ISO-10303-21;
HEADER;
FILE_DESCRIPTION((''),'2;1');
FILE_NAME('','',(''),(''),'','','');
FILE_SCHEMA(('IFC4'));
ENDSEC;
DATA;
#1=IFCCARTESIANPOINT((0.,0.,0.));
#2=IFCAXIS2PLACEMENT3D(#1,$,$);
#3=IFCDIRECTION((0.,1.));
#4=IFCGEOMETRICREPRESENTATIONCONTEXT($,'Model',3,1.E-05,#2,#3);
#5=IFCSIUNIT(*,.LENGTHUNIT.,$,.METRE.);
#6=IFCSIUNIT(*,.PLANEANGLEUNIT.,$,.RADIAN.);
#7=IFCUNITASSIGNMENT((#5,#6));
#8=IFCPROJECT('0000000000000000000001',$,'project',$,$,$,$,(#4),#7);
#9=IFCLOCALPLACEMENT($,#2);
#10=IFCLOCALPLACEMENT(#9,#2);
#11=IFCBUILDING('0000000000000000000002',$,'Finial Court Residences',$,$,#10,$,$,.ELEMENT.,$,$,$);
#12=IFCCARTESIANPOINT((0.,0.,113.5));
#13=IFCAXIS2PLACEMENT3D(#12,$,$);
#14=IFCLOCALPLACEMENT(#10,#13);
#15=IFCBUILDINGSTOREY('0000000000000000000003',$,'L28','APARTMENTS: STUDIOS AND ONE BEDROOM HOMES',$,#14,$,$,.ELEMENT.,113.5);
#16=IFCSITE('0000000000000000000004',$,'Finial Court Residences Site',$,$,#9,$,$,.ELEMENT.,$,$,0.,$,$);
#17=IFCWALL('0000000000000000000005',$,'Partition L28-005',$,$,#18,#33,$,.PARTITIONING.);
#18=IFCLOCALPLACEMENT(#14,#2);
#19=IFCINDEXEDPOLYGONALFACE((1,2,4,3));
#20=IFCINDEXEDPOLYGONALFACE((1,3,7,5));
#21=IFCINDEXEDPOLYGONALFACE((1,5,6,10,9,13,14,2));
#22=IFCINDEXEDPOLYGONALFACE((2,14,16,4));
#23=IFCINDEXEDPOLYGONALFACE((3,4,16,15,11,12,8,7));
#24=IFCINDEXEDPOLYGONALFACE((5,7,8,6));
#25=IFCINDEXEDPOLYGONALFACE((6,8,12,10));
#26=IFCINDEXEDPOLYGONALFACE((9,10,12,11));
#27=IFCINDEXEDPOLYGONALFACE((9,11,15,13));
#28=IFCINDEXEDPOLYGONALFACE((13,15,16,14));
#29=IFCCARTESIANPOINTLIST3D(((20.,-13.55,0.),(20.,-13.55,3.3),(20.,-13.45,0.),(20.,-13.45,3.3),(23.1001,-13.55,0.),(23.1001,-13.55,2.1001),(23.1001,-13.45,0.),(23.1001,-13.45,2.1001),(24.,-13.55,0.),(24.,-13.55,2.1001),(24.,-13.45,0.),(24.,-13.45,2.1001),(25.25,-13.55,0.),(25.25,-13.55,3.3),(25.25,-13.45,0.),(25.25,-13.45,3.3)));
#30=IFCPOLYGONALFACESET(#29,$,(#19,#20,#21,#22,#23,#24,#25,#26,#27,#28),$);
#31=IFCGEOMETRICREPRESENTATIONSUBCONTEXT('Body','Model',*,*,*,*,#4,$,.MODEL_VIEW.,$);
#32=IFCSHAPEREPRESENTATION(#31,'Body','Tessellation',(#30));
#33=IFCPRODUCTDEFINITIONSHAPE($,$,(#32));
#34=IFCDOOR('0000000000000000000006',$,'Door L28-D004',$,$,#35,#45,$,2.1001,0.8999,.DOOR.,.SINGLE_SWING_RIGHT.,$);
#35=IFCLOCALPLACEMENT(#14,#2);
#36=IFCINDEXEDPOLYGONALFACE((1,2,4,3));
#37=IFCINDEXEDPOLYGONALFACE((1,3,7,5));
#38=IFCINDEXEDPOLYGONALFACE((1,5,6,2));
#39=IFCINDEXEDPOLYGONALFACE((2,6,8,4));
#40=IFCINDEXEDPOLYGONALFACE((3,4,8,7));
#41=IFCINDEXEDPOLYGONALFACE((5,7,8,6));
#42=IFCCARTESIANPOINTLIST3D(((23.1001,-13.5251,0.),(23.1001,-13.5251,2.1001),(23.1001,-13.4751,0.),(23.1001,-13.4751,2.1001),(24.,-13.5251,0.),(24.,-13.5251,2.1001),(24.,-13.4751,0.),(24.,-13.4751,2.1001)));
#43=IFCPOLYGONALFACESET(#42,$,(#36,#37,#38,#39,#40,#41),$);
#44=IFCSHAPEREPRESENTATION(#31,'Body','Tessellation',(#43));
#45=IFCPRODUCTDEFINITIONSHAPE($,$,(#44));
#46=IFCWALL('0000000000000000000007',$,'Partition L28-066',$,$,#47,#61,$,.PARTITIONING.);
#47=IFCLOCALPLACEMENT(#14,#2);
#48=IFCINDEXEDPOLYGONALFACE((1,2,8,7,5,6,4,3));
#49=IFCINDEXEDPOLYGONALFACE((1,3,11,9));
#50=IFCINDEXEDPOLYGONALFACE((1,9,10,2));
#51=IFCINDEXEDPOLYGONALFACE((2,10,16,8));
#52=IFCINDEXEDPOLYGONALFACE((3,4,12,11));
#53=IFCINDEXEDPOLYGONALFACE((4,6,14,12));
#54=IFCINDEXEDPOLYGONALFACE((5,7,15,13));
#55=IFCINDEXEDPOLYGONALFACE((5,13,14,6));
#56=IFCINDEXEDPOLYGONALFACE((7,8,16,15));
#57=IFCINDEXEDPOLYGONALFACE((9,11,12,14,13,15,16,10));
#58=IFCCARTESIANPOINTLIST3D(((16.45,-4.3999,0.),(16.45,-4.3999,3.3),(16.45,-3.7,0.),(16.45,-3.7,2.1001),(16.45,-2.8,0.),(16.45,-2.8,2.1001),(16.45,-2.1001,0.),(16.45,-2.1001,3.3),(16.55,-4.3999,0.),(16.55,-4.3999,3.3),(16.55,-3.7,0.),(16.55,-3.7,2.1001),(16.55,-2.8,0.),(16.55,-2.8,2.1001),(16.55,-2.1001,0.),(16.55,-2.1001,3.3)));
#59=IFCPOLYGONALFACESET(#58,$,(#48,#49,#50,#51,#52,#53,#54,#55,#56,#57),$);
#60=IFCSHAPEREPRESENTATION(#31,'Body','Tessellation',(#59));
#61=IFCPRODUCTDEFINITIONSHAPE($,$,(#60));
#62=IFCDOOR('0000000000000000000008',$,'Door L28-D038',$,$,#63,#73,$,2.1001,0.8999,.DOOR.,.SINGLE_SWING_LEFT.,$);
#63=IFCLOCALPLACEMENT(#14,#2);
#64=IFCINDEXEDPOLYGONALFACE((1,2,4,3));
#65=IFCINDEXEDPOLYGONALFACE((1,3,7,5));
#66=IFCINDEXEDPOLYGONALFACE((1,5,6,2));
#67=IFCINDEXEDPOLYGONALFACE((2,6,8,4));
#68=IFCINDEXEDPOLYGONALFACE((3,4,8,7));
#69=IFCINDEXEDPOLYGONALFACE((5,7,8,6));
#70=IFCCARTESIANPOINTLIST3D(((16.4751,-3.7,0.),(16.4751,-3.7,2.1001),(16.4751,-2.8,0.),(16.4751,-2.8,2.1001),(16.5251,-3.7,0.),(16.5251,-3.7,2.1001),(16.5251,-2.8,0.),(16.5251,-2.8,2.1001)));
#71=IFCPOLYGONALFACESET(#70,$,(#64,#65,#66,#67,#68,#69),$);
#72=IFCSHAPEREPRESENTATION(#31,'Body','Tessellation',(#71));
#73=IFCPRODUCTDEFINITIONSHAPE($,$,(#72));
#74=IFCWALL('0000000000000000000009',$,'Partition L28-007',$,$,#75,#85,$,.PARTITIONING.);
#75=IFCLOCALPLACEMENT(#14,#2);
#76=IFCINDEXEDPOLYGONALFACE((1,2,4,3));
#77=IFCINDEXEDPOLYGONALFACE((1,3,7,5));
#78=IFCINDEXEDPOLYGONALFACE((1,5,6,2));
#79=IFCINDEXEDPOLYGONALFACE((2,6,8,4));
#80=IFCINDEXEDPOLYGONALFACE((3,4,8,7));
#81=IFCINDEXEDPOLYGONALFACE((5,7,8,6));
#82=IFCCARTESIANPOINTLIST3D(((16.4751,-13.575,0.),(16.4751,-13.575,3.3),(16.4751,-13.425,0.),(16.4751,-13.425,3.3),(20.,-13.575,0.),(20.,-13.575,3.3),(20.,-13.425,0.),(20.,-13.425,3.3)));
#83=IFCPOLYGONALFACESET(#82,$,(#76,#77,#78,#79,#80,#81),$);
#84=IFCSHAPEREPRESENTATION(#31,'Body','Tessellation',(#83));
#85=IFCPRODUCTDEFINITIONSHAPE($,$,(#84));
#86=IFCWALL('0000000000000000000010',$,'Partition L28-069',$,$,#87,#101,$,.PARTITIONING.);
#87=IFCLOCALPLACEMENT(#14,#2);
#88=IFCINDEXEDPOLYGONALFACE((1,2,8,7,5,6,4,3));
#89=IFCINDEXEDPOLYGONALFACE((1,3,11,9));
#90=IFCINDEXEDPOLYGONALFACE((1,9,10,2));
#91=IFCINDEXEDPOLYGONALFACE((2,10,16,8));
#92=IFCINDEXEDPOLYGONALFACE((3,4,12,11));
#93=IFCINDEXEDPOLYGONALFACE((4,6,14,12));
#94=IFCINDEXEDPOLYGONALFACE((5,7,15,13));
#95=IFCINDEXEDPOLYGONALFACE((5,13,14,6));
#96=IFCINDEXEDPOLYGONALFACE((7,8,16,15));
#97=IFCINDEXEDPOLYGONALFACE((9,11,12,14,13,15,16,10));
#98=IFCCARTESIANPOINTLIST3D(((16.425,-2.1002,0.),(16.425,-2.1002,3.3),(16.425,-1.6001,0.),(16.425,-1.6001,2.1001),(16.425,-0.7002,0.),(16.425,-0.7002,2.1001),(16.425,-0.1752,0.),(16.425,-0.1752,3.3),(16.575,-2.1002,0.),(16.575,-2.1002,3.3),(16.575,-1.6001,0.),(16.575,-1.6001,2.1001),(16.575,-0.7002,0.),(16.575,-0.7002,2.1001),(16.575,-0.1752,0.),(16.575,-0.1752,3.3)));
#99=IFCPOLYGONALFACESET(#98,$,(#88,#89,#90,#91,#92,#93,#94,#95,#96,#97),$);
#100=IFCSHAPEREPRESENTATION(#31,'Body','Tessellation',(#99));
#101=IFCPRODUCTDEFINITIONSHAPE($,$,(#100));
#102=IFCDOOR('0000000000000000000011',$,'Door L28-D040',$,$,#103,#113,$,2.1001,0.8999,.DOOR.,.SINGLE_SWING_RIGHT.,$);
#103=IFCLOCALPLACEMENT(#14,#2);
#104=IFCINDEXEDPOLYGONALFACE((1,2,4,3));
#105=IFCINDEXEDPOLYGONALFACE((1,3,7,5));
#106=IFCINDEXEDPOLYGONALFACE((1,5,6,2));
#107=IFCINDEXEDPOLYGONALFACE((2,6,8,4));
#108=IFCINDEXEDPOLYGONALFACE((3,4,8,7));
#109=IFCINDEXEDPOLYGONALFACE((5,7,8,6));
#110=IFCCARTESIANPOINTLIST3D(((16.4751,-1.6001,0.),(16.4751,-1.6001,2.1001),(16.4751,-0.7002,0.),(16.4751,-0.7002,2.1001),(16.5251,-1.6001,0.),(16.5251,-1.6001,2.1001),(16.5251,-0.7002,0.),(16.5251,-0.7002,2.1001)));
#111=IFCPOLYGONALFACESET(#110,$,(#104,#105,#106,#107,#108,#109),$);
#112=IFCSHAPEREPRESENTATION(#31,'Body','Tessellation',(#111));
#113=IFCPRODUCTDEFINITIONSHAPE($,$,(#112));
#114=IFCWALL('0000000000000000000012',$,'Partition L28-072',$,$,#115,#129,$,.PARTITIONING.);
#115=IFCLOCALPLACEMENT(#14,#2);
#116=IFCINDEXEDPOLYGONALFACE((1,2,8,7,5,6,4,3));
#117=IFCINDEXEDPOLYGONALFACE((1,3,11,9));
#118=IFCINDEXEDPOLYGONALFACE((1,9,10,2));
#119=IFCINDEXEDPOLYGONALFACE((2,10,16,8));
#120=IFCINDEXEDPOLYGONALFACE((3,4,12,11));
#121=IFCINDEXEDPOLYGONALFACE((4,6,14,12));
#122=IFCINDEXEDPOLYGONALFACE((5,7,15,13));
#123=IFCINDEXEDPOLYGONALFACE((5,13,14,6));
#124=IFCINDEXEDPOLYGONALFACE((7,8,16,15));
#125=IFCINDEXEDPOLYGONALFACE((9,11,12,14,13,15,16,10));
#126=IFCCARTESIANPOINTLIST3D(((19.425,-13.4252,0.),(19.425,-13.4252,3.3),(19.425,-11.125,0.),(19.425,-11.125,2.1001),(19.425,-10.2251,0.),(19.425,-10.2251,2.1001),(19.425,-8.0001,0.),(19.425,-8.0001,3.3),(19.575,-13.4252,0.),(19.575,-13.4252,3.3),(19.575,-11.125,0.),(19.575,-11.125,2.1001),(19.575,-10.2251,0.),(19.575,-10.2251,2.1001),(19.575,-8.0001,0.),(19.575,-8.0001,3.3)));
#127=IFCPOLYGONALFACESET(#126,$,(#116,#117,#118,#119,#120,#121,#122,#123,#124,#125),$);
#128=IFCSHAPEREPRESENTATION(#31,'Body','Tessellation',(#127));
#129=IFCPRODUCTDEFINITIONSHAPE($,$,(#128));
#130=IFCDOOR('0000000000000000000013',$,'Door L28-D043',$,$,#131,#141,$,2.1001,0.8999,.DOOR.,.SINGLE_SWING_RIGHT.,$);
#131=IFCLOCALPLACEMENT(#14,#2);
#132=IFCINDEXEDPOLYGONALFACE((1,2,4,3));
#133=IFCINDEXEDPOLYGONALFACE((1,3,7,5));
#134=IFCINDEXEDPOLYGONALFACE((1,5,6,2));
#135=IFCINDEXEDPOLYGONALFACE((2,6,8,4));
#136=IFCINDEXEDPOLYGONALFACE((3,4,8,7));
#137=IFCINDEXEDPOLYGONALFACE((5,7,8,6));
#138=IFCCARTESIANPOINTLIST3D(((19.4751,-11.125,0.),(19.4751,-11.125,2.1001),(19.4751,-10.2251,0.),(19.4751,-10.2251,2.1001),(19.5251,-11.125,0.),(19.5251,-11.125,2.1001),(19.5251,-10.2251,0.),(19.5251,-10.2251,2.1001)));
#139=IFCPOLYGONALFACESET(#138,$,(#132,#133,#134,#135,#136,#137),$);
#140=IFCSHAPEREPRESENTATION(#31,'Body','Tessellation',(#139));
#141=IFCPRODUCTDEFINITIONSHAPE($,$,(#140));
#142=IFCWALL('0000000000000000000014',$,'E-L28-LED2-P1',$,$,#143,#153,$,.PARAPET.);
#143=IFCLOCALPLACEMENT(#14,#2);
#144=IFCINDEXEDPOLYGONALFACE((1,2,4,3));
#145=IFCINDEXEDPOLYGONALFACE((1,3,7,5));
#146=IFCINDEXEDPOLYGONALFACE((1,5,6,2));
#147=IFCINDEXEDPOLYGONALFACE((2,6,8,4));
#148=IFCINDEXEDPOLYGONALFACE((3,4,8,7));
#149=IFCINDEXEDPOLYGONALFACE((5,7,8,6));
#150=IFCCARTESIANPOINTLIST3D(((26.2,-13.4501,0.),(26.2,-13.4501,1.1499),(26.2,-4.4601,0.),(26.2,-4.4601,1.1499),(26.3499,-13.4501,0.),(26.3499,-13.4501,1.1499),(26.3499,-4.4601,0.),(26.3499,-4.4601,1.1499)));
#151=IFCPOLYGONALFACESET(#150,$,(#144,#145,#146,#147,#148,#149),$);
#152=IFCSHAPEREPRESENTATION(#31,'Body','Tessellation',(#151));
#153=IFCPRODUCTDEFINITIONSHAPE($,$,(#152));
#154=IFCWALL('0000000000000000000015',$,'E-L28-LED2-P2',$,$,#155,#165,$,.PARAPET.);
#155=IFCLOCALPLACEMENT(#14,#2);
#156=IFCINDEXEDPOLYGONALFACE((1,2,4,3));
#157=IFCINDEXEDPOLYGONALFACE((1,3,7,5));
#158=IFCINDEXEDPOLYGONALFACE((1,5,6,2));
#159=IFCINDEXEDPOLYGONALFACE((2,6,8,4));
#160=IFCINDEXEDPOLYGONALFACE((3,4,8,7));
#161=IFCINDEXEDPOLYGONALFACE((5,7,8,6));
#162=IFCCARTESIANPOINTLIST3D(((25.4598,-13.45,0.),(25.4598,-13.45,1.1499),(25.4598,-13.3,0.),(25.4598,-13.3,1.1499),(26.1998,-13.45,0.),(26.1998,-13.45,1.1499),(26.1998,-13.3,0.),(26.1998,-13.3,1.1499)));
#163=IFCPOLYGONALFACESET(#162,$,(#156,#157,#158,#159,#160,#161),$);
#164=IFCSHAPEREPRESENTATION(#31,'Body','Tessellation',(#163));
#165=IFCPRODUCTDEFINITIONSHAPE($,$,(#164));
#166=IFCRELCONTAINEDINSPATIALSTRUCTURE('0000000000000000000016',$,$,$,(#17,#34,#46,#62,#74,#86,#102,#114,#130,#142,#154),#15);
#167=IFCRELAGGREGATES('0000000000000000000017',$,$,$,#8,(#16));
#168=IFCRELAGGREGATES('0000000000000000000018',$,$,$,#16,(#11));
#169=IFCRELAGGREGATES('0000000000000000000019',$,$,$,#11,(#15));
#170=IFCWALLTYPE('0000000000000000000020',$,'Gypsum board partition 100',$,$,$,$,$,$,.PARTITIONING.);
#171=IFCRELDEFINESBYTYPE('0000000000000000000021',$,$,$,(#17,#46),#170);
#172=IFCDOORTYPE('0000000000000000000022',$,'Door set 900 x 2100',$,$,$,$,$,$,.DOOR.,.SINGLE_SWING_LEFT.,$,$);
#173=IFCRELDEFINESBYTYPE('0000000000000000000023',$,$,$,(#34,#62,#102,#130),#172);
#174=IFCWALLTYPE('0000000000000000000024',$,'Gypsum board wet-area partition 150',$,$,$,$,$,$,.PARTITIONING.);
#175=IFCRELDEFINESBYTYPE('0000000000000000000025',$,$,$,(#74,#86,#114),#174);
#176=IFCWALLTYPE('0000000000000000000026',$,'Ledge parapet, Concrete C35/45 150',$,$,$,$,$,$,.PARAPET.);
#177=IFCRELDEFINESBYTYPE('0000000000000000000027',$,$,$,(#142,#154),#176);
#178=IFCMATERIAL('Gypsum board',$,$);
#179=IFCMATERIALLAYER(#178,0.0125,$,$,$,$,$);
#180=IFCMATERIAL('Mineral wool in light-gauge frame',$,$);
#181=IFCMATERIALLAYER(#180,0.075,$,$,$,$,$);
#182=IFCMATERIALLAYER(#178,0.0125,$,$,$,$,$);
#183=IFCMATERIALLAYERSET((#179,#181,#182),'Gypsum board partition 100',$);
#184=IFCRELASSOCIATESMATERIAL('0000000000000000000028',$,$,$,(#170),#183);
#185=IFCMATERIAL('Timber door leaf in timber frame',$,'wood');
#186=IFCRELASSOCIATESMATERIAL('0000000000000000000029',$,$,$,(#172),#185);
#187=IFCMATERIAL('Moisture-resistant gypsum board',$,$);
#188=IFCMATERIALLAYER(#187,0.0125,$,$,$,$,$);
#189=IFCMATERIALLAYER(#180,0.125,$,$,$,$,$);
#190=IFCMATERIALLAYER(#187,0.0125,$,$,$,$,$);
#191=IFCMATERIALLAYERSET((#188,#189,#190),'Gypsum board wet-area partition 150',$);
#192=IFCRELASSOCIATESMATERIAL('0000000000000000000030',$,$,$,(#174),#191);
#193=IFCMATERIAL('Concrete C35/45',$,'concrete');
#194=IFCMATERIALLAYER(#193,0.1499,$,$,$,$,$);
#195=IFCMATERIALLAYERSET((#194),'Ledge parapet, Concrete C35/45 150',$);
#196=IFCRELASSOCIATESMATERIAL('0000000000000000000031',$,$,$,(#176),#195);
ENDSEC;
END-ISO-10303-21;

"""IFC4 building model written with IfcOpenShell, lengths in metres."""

from ifc_helpers import new_model, si_unit, direction, frame, frame_2d, origin, place, context, subcontext, project, spatial, rectangle, extrude, material, layer, layer_set, type_object, element, fill, save


model = new_model("IFC4")

# Units and contexts
model_context = context("Model", 3, precision=1e-05, world=origin(), true_north=direction((0.0, 1.0)))
body_context = subcontext(model_context, "Body", "Model", "MODEL_VIEW")
ifc_project = project(units=[si_unit("LENGTHUNIT", "METRE"), si_unit("PLANEANGLEUNIT", "RADIAN")], contexts=[model_context])

# Site, building, storey
site_placement = place(None, origin())
site = spatial("IfcSite", under=ifc_project, at=site_placement, Name="Finial Court Residences Site", CompositionType="ELEMENT", RefElevation=0.0)
building_placement = place(site_placement, origin())
building = spatial("IfcBuilding", under=site, at=building_placement, Name="Finial Court Residences", CompositionType="ELEMENT")
storey_placement = place(building_placement, frame((0.0, 0.0, 113.5)))
storey = spatial("IfcBuildingStorey", under=building, at=storey_placement, Name="L28", Description="APARTMENTS: STUDIOS AND ONE BEDROOM HOMES", CompositionType="ELEMENT", Elevation=113.5)

# Walls, openings, doors
ifc_material_1 = material(Name="Gypsum board")
ifc_layer_1 = layer(ifc_material_1, 0.0125)
ifc_material_2 = material(Name="Mineral wool in light-gauge frame")
ifc_layer_2 = layer(ifc_material_2, 0.075)
ifc_layer_3 = layer(ifc_material_1, 0.0125)
ifc_layer_set_1 = layer_set([ifc_layer_1, ifc_layer_2, ifc_layer_3], Name="Gypsum board partition 100")
wall_type_1 = type_object("IfcWallType", Name="Gypsum board partition 100", PredefinedType="PARTITIONING", material=ifc_layer_set_1)
wall_1_placement = place(storey_placement, frame((20.0, -13.5, 0.0), z_axis=(0.0, 0.0, 1.0), x_axis=(1.0, 0.0, 0.0)))
wall_1 = element("IfcWall", 1, at=wall_1_placement, inside=storey, type_object=wall_type_1, Name="Partition L28-005", PredefinedType="PARTITIONING", context=body_context, shape_type="SweptSolid", body=[
    extrude(rectangle(XDim=5.25, YDim=0.1001, at=frame_2d((2.625, 0.0))), origin(), (0.0, 0.0, 1.0), 3.3),
])
opening_1_placement = place(wall_1_placement, frame((3.1001, 0.0, 0.0)))
opening_1 = element("IfcOpeningElement", 2, at=opening_1_placement, cuts=wall_1, PredefinedType="OPENING", context=body_context, shape_type="SweptSolid", body=[
    extrude(rectangle(XDim=0.8999, YDim=2.1001, at=frame_2d((0.45, 1.05))), frame((0.0, 0.0601, 0.0), z_axis=(0.0, -1.0, 0.0), x_axis=(1.0, 0.0, 0.0)), (0.0, 0.0, 1.0), 0.1201),
])
ifc_material_3 = material(Name="Timber door leaf in timber frame", Category="wood")
door_type = type_object("IfcDoorType", Name="Door set 900 x 2100", OperationType="SINGLE_SWING_LEFT", PredefinedType="DOOR", material=ifc_material_3)
door_1_placement = place(opening_1_placement, origin())
door_1 = element("IfcDoor", 3, at=door_1_placement, inside=storey, type_object=door_type, Name="Door L28-D004", OperationType="SINGLE_SWING_RIGHT", OverallHeight=2.1001, OverallWidth=0.8999, PredefinedType="DOOR", context=body_context, shape_type="SweptSolid", body=[
    extrude(rectangle(XDim=0.8999, YDim=2.1001, at=frame_2d((0.45, 1.05))), frame((0.0, 0.0249, 0.0), z_axis=(0.0, -1.0, 0.0), x_axis=(1.0, 0.0, 0.0)), (0.0, 0.0, 1.0), 0.05),
])
fill(opening_1, door_1)
wall_2_placement = place(storey_placement, frame((16.5, -4.3999, 0.0), z_axis=(0.0, 0.0, 1.0), x_axis=(0.0, 1.0, 0.0)))
wall_2 = element("IfcWall", 4, at=wall_2_placement, inside=storey, type_object=wall_type_1, Name="Partition L28-066", PredefinedType="PARTITIONING", context=body_context, shape_type="SweptSolid", body=[
    extrude(rectangle(XDim=2.2998, YDim=0.1001, at=frame_2d((1.1499, 0.0))), origin(), (0.0, 0.0, 1.0), 3.3),
])
opening_2_placement = place(wall_2_placement, frame((0.7, 0.0, 0.0)))
opening_2 = element("IfcOpeningElement", 5, at=opening_2_placement, cuts=wall_2, PredefinedType="OPENING", context=body_context, shape_type="SweptSolid", body=[
    extrude(rectangle(XDim=0.8999, YDim=2.1001, at=frame_2d((0.45, 1.05))), frame((0.0, 0.0601, 0.0), z_axis=(0.0, -1.0, 0.0), x_axis=(1.0, 0.0, 0.0)), (0.0, 0.0, 1.0), 0.1201),
])
door_2_placement = place(opening_2_placement, origin())
door_2 = element("IfcDoor", 6, at=door_2_placement, inside=storey, type_object=door_type, Name="Door L28-D038", OperationType="SINGLE_SWING_LEFT", OverallHeight=2.1001, OverallWidth=0.8999, PredefinedType="DOOR", context=body_context, shape_type="SweptSolid", body=[
    extrude(rectangle(XDim=0.8999, YDim=2.1001, at=frame_2d((0.45, 1.05))), frame((0.0, 0.0249, 0.0), z_axis=(0.0, -1.0, 0.0), x_axis=(1.0, 0.0, 0.0)), (0.0, 0.0, 1.0), 0.05),
])
fill(opening_2, door_2)

# Wall
ifc_material_4 = material(Name="Moisture-resistant gypsum board")
ifc_layer_4 = layer(ifc_material_4, 0.0125)
ifc_layer_5 = layer(ifc_material_2, 0.125)
ifc_layer_6 = layer(ifc_material_4, 0.0125)
ifc_layer_set_2 = layer_set([ifc_layer_4, ifc_layer_5, ifc_layer_6], Name="Gypsum board wet-area partition 150")
wall_type_2 = type_object("IfcWallType", Name="Gypsum board wet-area partition 150", PredefinedType="PARTITIONING", material=ifc_layer_set_2)
wall_3_placement = place(storey_placement, frame((16.4751, -13.5, 0.0), z_axis=(0.0, 0.0, 1.0), x_axis=(1.0, 0.0, 0.0)))
element("IfcWall", 7, at=wall_3_placement, inside=storey, type_object=wall_type_2, Name="Partition L28-007", PredefinedType="PARTITIONING", context=body_context, shape_type="SweptSolid", body=[
    extrude(rectangle(XDim=3.5249, YDim=0.1499, at=frame_2d((1.7625, 0.0))), origin(), (0.0, 0.0, 1.0), 3.3),
])

# Walls, openings, doors
wall_4_placement = place(storey_placement, frame((16.5, -2.1001, 0.0), z_axis=(0.0, 0.0, 1.0), x_axis=(0.0, 1.0, 0.0)))
wall_4 = element("IfcWall", 8, at=wall_4_placement, inside=storey, type_object=wall_type_2, Name="Partition L28-069", PredefinedType="PARTITIONING", context=body_context, shape_type="SweptSolid", body=[
    extrude(rectangle(XDim=1.925, YDim=0.1499, at=frame_2d((0.9624, 0.0))), origin(), (0.0, 0.0, 1.0), 3.3),
])
opening_3_placement = place(wall_4_placement, frame((0.5, 0.0, 0.0)))
opening_3 = element("IfcOpeningElement", 9, at=opening_3_placement, cuts=wall_4, PredefinedType="OPENING", context=body_context, shape_type="SweptSolid", body=[
    extrude(rectangle(XDim=0.8999, YDim=2.1001, at=frame_2d((0.45, 1.05))), frame((0.0, 0.085, 0.0), z_axis=(0.0, -1.0, 0.0), x_axis=(1.0, 0.0, 0.0)), (0.0, 0.0, 1.0), 0.1699),
])
door_3_placement = place(opening_3_placement, origin())
door_3 = element("IfcDoor", 10, at=door_3_placement, inside=storey, type_object=door_type, Name="Door L28-D040", OperationType="SINGLE_SWING_RIGHT", OverallHeight=2.1001, OverallWidth=0.8999, PredefinedType="DOOR", context=body_context, shape_type="SweptSolid", body=[
    extrude(rectangle(XDim=0.8999, YDim=2.1001, at=frame_2d((0.45, 1.05))), frame((0.0, 0.0249, 0.0), z_axis=(0.0, -1.0, 0.0), x_axis=(1.0, 0.0, 0.0)), (0.0, 0.0, 1.0), 0.05),
])
fill(opening_3, door_3)
wall_5_placement = place(storey_placement, frame((19.5, -13.425, 0.0), z_axis=(0.0, 0.0, 1.0), x_axis=(0.0, 1.0, 0.0)))
wall_5 = element("IfcWall", 11, at=wall_5_placement, inside=storey, type_object=wall_type_2, Name="Partition L28-072", PredefinedType="PARTITIONING", context=body_context, shape_type="SweptSolid", body=[
    extrude(rectangle(XDim=5.425, YDim=0.1499, at=frame_2d((2.7124, 0.0))), origin(), (0.0, 0.0, 1.0), 3.3),
])
opening_4_placement = place(wall_5_placement, frame((2.3, 0.0, 0.0)))
opening_4 = element("IfcOpeningElement", 12, at=opening_4_placement, cuts=wall_5, PredefinedType="OPENING", context=body_context, shape_type="SweptSolid", body=[
    extrude(rectangle(XDim=0.8999, YDim=2.1001, at=frame_2d((0.45, 1.05))), frame((0.0, 0.085, 0.0), z_axis=(0.0, -1.0, 0.0), x_axis=(1.0, 0.0, 0.0)), (0.0, 0.0, 1.0), 0.1699),
])
door_4_placement = place(opening_4_placement, origin())
door_4 = element("IfcDoor", 13, at=door_4_placement, inside=storey, type_object=door_type, Name="Door L28-D043", OperationType="SINGLE_SWING_RIGHT", OverallHeight=2.1001, OverallWidth=0.8999, PredefinedType="DOOR", context=body_context, shape_type="SweptSolid", body=[
    extrude(rectangle(XDim=0.8999, YDim=2.1001, at=frame_2d((0.45, 1.05))), frame((0.0, 0.0249, 0.0), z_axis=(0.0, -1.0, 0.0), x_axis=(1.0, 0.0, 0.0)), (0.0, 0.0, 1.0), 0.05),
])
fill(opening_4, door_4)

# Walls
ifc_material_5 = material(Name="Concrete C35/45", Category="concrete")
ifc_layer_7 = layer(ifc_material_5, 0.1499)
ifc_layer_set_3 = layer_set([ifc_layer_7], Name="Ledge parapet, Concrete C35/45 150")
wall_type_3 = type_object("IfcWallType", Name="Ledge parapet, Concrete C35/45 150", PredefinedType="PARAPET", material=ifc_layer_set_3)
wall_6_placement = place(storey_placement, frame((26.2749, -4.46, 0.0), z_axis=(0.0, 0.0, 1.0), x_axis=(0.0, -1.0, 0.0)))
element("IfcWall", 14, at=wall_6_placement, inside=storey, type_object=wall_type_3, Name="E-L28-LED2-P1", PredefinedType="PARAPET", context=body_context, shape_type="SweptSolid", body=[
    extrude(rectangle(XDim=8.99, YDim=0.1499, at=frame_2d((4.4951, 0.0))), origin(), (0.0, 0.0, 1.0), 1.1499),
])
wall_7_placement = place(storey_placement, frame((26.2, -13.375, 0.0), z_axis=(0.0, 0.0, 1.0), x_axis=(-1.0, 0.0, 0.0)))
element("IfcWall", 15, at=wall_7_placement, inside=storey, type_object=wall_type_3, Name="E-L28-LED2-P2", PredefinedType="PARAPET", context=body_context, shape_type="SweptSolid", body=[
    extrude(rectangle(XDim=0.74, YDim=0.1499, at=frame_2d((0.3701, 0.0))), origin(), (0.0, 0.0, 1.0), 1.1499),
])

save(model, "model.ifc")
